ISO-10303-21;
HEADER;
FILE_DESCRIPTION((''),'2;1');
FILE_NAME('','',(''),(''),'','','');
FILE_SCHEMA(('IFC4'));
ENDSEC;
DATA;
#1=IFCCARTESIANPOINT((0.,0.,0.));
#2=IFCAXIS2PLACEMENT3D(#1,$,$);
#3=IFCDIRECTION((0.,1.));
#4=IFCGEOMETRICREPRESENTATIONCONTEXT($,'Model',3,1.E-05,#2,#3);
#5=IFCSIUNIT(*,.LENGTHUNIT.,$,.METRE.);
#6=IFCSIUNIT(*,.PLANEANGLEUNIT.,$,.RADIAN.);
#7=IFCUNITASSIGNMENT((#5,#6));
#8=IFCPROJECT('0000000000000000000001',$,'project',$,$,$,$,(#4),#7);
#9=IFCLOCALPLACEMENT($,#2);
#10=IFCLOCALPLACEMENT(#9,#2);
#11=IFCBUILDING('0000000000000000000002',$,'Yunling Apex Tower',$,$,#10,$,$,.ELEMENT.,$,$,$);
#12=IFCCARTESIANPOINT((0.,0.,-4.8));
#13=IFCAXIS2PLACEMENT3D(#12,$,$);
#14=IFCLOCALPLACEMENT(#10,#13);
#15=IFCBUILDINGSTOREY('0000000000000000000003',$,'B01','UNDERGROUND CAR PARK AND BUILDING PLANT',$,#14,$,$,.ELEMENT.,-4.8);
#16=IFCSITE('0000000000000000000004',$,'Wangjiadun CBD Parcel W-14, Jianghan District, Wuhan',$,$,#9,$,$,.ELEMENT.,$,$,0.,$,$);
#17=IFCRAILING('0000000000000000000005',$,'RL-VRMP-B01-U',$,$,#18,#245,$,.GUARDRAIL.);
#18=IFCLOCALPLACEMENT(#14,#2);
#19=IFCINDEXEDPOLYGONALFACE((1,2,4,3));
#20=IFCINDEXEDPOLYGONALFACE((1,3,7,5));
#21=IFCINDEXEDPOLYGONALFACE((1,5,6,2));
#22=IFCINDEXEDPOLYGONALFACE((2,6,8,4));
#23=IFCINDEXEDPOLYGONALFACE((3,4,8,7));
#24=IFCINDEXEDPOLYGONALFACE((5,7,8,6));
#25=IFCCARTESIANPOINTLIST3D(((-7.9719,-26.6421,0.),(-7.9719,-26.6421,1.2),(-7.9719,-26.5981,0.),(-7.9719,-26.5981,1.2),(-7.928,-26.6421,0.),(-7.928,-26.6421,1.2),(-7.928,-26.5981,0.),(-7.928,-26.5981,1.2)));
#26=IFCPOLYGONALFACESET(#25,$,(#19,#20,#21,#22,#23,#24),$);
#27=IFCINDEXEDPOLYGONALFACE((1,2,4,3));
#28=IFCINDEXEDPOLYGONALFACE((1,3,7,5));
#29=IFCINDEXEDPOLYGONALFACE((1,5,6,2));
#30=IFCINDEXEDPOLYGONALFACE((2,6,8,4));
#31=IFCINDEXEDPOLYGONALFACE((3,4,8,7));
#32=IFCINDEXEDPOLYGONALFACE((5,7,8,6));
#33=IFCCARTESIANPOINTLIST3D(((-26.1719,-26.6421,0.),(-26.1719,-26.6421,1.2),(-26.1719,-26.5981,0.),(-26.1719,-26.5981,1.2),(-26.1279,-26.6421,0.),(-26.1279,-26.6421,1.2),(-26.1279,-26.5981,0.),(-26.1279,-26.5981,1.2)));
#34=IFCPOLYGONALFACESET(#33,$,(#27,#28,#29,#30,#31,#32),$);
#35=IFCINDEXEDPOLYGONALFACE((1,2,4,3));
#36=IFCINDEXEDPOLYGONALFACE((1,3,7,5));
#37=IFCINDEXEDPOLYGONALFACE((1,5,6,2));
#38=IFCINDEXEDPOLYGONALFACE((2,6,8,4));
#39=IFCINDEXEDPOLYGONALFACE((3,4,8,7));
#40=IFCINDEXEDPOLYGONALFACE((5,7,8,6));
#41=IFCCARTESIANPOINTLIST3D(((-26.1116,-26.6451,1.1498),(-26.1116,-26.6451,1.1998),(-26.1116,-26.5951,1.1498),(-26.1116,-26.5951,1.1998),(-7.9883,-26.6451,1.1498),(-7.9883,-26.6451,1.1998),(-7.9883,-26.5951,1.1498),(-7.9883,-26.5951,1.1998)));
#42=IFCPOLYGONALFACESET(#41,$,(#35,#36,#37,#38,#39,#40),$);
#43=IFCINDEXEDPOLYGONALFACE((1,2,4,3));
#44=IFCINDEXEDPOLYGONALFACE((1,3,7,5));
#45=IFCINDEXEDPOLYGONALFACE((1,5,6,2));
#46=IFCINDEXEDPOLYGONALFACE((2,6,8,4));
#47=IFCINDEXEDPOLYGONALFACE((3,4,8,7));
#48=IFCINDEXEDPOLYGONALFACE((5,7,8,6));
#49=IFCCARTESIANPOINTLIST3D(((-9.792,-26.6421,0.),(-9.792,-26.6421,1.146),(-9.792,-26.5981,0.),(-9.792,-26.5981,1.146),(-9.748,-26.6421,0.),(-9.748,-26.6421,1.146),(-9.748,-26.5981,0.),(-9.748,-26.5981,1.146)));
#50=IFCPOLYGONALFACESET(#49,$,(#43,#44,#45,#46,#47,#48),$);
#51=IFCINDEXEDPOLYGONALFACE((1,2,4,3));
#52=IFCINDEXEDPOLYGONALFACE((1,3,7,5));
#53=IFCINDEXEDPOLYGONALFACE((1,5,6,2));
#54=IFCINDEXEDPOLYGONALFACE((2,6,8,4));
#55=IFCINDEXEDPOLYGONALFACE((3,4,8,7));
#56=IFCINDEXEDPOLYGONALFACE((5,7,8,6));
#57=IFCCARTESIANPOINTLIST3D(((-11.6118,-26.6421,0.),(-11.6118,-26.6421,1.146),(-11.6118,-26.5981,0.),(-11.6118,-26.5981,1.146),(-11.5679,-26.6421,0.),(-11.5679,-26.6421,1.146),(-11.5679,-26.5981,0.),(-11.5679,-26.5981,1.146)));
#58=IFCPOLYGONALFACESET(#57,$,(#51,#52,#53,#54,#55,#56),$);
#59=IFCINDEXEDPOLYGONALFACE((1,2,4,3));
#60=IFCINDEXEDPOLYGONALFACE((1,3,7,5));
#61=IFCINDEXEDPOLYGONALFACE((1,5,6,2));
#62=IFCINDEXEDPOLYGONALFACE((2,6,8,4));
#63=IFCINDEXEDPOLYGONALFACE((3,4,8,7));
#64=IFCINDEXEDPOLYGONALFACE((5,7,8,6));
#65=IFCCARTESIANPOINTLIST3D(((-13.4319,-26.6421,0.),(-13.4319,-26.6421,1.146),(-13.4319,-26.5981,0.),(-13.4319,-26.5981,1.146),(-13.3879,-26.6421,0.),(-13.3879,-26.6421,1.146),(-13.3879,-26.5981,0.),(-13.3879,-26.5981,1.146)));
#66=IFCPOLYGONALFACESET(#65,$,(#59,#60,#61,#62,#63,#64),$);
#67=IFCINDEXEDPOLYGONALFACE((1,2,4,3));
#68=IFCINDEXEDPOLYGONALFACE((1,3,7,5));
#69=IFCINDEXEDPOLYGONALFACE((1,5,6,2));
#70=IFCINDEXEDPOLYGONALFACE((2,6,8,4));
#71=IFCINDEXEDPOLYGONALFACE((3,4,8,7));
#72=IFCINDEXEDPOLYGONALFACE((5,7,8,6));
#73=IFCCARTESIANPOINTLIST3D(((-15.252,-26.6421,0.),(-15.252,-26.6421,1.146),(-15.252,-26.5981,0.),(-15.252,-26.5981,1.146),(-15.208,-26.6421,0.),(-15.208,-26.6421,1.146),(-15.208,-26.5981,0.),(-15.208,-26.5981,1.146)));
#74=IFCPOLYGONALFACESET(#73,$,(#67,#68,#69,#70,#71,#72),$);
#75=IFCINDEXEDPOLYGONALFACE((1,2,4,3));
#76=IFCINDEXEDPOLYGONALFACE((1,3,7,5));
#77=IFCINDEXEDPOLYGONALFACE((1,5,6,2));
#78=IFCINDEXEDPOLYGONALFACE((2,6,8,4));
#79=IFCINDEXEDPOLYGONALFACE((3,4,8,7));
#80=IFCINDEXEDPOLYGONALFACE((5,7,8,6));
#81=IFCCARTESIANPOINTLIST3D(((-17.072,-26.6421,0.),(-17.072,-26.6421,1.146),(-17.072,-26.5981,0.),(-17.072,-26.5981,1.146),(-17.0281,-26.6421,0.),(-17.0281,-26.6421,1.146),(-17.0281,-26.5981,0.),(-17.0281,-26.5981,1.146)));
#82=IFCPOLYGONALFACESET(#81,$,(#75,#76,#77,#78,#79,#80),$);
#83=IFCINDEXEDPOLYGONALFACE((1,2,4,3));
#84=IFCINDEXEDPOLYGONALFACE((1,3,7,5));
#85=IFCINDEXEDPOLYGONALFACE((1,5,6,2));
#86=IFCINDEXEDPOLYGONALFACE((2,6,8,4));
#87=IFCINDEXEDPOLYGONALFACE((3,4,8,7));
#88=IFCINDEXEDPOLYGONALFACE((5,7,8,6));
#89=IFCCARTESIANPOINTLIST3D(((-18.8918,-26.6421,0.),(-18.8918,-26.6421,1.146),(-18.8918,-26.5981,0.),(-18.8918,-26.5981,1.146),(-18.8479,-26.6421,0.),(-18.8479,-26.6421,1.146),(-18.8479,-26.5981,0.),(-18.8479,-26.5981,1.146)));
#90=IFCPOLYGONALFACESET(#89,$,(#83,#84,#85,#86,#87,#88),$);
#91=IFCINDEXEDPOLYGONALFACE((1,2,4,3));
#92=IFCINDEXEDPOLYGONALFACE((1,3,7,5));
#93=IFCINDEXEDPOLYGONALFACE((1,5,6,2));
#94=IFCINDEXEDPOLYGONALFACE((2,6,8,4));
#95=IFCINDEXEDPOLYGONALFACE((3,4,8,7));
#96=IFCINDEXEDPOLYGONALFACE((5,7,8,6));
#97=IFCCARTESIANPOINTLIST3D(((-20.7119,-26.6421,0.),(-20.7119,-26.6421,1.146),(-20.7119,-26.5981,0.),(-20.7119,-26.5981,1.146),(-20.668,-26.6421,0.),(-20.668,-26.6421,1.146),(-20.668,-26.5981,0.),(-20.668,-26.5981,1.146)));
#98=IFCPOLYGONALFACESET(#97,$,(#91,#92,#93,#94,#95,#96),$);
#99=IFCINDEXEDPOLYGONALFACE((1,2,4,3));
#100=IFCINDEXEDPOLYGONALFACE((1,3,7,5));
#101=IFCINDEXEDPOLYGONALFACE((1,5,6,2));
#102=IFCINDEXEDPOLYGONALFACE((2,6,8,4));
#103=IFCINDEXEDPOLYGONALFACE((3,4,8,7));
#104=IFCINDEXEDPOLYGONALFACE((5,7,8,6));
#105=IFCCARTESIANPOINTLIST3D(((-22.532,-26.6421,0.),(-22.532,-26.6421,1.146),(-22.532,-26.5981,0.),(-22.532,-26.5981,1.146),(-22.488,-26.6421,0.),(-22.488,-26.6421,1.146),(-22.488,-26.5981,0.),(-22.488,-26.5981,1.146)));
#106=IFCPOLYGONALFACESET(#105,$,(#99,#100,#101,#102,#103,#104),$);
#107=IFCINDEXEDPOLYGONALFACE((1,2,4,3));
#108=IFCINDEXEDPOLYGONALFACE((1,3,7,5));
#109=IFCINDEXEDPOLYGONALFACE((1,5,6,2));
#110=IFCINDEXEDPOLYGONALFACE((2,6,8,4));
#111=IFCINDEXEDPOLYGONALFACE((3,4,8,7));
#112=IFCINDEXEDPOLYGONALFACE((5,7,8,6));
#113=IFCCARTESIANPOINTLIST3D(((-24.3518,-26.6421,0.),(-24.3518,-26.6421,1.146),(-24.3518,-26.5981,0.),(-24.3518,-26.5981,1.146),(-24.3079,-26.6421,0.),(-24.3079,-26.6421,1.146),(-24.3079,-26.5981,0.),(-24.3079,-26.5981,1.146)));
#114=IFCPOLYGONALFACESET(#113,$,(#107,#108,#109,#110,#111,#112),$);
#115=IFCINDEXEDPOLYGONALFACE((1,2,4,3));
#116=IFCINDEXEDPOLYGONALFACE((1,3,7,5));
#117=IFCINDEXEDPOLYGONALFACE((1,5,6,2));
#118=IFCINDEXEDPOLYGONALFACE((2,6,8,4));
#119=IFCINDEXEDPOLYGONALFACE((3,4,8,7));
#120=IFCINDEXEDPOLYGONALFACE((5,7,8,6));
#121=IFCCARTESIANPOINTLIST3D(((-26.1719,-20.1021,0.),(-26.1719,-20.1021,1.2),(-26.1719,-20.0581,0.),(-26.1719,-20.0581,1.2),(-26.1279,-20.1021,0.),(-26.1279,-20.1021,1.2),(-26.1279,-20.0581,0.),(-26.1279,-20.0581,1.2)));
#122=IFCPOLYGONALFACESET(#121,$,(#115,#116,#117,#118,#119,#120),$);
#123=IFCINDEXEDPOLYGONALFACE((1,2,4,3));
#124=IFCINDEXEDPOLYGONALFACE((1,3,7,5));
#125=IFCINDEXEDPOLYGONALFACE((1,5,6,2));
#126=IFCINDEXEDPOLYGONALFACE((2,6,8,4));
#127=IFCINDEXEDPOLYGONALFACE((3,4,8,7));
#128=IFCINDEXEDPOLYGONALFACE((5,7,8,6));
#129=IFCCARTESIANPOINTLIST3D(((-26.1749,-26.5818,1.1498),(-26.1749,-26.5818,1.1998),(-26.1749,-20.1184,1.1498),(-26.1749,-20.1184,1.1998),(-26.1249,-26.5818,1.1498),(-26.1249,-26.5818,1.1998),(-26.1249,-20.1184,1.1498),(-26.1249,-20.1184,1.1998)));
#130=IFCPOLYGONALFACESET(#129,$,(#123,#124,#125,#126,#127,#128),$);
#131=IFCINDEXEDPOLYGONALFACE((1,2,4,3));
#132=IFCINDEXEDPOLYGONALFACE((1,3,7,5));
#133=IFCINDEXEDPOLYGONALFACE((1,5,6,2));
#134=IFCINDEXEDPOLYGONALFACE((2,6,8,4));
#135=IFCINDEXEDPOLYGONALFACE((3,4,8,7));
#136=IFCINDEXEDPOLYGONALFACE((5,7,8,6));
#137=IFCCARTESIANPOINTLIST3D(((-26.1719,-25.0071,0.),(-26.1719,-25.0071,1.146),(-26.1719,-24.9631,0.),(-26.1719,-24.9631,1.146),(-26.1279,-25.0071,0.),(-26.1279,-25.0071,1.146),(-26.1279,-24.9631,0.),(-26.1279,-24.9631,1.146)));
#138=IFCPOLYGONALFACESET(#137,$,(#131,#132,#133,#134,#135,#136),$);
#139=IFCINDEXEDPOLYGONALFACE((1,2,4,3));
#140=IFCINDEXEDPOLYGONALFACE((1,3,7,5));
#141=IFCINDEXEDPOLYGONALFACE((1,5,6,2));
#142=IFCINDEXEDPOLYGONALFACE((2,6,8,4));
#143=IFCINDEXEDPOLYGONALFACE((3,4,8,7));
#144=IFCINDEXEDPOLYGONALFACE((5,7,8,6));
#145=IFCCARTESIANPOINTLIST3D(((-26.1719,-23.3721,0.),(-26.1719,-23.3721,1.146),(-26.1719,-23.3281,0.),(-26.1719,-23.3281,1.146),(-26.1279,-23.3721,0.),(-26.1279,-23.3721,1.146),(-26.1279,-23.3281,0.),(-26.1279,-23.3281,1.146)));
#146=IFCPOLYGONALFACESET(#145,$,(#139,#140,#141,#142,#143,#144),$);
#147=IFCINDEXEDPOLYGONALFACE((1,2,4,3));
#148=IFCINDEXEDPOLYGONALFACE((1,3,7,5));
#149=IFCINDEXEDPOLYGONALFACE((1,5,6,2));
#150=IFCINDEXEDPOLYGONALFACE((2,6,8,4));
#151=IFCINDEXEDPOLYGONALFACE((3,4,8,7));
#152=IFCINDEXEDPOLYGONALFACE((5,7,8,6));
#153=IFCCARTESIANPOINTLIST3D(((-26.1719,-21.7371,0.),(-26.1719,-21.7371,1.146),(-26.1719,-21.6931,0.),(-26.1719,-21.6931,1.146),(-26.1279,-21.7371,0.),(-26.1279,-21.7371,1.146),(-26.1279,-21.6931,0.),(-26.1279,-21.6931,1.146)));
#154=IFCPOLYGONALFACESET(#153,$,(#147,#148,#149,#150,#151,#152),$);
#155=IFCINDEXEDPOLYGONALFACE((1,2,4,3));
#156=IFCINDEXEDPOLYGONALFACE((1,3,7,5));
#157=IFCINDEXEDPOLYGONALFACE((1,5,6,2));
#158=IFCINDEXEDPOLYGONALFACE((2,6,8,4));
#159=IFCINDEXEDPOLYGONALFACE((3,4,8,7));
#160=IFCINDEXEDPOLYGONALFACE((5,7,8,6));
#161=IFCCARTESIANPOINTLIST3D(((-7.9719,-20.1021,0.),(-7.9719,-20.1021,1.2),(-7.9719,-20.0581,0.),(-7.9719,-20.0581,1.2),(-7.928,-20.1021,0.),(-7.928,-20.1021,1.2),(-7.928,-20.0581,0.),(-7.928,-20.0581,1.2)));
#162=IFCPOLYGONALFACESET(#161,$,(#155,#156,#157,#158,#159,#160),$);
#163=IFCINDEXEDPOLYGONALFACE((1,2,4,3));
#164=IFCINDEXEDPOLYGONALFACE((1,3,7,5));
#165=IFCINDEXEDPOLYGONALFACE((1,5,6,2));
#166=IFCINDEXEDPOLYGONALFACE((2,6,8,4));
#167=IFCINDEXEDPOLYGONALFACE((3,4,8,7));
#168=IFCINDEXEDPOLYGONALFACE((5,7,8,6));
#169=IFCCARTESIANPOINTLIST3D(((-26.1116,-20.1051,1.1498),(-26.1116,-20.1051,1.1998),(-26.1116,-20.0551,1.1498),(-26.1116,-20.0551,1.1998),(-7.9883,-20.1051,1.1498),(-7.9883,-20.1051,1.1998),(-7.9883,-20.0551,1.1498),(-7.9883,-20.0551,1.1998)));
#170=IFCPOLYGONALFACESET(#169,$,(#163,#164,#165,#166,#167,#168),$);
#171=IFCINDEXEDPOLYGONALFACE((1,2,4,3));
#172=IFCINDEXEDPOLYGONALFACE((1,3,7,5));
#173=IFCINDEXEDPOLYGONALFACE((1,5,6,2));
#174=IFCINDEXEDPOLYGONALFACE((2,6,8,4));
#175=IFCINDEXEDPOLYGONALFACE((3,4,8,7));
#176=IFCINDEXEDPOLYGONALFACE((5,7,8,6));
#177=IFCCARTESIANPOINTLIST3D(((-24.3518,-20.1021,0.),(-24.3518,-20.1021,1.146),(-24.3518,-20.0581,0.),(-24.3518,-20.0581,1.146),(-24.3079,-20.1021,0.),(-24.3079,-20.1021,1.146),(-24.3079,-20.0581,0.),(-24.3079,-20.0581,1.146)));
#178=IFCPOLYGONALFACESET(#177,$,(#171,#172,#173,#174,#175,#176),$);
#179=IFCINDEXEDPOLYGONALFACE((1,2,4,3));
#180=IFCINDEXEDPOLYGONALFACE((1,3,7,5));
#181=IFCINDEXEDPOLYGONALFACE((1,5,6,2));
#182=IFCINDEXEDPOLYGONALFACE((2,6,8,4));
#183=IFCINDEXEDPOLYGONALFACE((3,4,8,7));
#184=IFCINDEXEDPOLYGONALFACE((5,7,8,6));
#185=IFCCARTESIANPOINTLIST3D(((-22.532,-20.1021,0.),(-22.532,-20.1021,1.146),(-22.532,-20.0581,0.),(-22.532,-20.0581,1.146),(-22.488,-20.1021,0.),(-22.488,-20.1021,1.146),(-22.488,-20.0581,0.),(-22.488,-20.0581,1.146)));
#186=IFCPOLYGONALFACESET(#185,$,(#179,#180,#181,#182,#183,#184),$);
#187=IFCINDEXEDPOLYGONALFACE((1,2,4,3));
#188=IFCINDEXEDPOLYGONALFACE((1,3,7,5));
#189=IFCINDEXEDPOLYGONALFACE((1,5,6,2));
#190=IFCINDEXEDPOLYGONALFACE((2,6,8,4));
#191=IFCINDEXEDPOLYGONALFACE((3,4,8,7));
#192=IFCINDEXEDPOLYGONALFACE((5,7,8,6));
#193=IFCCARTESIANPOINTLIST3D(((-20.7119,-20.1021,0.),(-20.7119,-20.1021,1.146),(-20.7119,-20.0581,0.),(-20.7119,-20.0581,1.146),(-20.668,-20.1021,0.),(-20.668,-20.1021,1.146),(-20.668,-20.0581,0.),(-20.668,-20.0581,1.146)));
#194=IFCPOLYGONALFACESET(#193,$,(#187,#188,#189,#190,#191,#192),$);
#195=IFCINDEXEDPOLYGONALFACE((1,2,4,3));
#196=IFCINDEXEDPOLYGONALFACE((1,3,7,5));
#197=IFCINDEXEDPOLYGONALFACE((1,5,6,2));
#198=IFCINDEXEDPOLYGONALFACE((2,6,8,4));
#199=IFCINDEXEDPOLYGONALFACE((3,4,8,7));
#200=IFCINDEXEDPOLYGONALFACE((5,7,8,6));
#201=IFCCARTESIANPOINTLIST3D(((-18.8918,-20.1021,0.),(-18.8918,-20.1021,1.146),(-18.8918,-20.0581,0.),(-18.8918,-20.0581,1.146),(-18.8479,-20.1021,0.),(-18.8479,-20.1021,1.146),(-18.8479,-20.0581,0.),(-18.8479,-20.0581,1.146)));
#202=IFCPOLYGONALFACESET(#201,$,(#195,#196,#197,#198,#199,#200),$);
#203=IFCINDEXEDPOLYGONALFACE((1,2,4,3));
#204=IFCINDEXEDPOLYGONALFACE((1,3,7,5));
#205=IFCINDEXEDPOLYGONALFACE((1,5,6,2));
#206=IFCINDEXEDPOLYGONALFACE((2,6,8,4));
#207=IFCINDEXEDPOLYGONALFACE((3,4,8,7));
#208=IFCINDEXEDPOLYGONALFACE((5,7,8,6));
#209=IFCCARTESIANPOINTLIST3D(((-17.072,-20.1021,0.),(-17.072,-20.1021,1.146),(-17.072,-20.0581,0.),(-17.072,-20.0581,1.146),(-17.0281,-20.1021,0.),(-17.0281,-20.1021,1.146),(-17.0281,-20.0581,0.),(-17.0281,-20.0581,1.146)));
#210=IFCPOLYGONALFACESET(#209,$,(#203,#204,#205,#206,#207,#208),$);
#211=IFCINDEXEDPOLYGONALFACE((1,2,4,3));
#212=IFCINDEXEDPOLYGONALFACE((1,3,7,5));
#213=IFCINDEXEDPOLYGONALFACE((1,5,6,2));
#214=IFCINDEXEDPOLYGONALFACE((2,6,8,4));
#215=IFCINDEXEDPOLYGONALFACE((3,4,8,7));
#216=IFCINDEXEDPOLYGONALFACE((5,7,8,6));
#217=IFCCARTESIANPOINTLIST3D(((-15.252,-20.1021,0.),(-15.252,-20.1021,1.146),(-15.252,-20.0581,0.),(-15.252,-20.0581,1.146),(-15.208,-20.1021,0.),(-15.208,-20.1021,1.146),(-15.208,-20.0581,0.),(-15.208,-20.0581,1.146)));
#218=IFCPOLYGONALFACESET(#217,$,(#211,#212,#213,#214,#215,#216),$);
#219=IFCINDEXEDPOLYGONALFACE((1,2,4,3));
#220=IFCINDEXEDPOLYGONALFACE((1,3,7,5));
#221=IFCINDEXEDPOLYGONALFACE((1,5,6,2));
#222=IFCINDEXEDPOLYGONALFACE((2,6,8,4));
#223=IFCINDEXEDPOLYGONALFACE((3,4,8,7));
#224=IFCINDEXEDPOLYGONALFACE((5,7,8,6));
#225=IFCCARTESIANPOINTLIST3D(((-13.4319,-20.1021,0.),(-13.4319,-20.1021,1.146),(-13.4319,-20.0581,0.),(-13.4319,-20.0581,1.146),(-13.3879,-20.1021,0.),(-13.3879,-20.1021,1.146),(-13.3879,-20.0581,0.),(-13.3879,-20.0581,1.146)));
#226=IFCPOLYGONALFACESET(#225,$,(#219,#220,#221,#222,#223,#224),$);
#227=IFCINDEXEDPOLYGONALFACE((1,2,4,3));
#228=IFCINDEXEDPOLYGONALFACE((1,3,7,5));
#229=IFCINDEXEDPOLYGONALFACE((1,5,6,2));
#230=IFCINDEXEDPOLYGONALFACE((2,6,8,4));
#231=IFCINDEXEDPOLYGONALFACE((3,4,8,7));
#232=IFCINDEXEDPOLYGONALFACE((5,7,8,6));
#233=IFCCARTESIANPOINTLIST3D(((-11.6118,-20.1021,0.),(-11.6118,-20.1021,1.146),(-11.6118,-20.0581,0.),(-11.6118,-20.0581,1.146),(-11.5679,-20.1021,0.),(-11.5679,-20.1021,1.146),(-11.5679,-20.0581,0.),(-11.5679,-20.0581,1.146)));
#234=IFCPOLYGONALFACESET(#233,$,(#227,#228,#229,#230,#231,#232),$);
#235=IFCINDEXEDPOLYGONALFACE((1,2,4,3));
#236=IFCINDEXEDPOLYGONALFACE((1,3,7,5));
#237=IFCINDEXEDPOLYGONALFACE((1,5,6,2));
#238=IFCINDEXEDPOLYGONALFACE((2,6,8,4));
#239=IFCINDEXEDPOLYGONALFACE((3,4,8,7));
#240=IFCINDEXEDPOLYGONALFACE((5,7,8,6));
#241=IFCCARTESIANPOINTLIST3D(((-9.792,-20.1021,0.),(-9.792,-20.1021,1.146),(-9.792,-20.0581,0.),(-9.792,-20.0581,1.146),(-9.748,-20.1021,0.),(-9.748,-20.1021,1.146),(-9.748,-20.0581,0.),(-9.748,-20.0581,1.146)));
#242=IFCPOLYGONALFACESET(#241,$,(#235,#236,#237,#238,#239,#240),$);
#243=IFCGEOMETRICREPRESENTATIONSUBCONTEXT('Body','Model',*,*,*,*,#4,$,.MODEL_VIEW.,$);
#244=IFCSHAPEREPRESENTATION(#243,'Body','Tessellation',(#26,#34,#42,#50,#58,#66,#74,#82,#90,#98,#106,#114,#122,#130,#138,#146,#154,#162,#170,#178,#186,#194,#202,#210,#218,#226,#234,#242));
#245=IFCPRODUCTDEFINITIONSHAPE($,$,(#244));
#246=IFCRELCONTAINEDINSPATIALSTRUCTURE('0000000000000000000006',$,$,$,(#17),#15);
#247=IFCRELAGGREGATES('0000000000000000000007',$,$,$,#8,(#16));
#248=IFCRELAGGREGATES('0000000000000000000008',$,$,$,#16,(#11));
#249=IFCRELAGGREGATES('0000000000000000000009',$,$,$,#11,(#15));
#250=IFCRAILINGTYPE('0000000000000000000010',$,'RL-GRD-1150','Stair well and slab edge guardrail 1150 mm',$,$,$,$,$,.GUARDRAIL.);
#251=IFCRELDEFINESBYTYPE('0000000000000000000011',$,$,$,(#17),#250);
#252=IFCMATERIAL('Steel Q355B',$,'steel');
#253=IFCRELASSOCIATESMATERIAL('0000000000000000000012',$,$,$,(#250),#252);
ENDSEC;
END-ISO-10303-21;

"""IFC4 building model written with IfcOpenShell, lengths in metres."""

from ifc_helpers import new_model, si_unit, direction, frame, origin, origin_2d, place, context, subcontext, project, spatial, rectangle, extrude, material, type_object, element, save


model = new_model("IFC4")

# Units and contexts
model_context = context("Model", 3, precision=1e-05, world=origin(), true_north=direction((0.0, 1.0)))
body_context = subcontext(model_context, "Body", "Model", "MODEL_VIEW")
ifc_project = project(units=[si_unit("LENGTHUNIT", "METRE"), si_unit("PLANEANGLEUNIT", "RADIAN")], contexts=[model_context])

# Site, building, storey
site_placement = place(None, origin())
site = spatial("IfcSite", under=ifc_project, at=site_placement, Name="Wangjiadun CBD Parcel W-14, Jianghan District, Wuhan", CompositionType="ELEMENT", RefElevation=0.0)
building_placement = place(site_placement, origin())
building = spatial("IfcBuilding", under=site, at=building_placement, Name="Yunling Apex Tower", CompositionType="ELEMENT")
storey_placement = place(building_placement, frame((0.0, 0.0, -4.8)))
storey = spatial("IfcBuildingStorey", under=building, at=storey_placement, Name="B01", Description="UNDERGROUND CAR PARK AND BUILDING PLANT", CompositionType="ELEMENT", Elevation=-4.8)

# Shared definitions
ifc_material_1 = material(Name="Steel Q355B", Category="steel")

# Railing
railing_type_1 = type_object("IfcRailingType", Name="RL-GRD-1150", Description="Stair well and slab edge guardrail 1150 mm", PredefinedType="GUARDRAIL", material=ifc_material_1)
railing_1_placement = place(storey_placement, frame((-7.95, -26.6201, 0.0)))
element("IfcRailing", 1, at=railing_1_placement, inside=storey, type_object=railing_type_1, Name="RL-VRMP-B01-U", PredefinedType="GUARDRAIL", context=body_context, shape_type="SweptSolid", body=[
    extrude(rectangle(XDim=0.0439, YDim=0.0439, at=origin_2d()), origin(), (0.0, 0.0, 1.0), 1.2),
    extrude(rectangle(XDim=0.0439, YDim=0.0439, at=origin_2d()), frame((-18.2, 0.0, 0.0)), (0.0, 0.0, 1.0), 1.2),
    extrude(rectangle(XDim=0.05, YDim=0.05, at=origin_2d()), frame((-0.0383, 0.0, 1.1748), z_axis=(-1.0, 0.0, 0.0), x_axis=(0.0, -1.0, 0.0)), (0.0, 0.0, 1.0), 18.1233),
    extrude(rectangle(XDim=0.0439, YDim=0.0439, at=origin_2d()), frame((-1.8201, 0.0, 0.0)), (0.0, 0.0, 1.0), 1.146),
    extrude(rectangle(XDim=0.0439, YDim=0.0439, at=origin_2d()), frame((-3.6399, 0.0, 0.0)), (0.0, 0.0, 1.0), 1.146),
    extrude(rectangle(XDim=0.0439, YDim=0.0439, at=origin_2d()), frame((-5.46, 0.0, 0.0)), (0.0, 0.0, 1.0), 1.146),
    extrude(rectangle(XDim=0.0439, YDim=0.0439, at=origin_2d()), frame((-7.28, 0.0, 0.0)), (0.0, 0.0, 1.0), 1.146),
    extrude(rectangle(XDim=0.0439, YDim=0.0439, at=origin_2d()), frame((-9.1001, 0.0, 0.0)), (0.0, 0.0, 1.0), 1.146),
    extrude(rectangle(XDim=0.0439, YDim=0.0439, at=origin_2d()), frame((-10.9199, 0.0, 0.0)), (0.0, 0.0, 1.0), 1.146),
    extrude(rectangle(XDim=0.0439, YDim=0.0439, at=origin_2d()), frame((-12.74, 0.0, 0.0)), (0.0, 0.0, 1.0), 1.146),
    extrude(rectangle(XDim=0.0439, YDim=0.0439, at=origin_2d()), frame((-14.5601, 0.0, 0.0)), (0.0, 0.0, 1.0), 1.146),
    extrude(rectangle(XDim=0.0439, YDim=0.0439, at=origin_2d()), frame((-16.3799, 0.0, 0.0)), (0.0, 0.0, 1.0), 1.146),
    extrude(rectangle(XDim=0.0439, YDim=0.0439, at=origin_2d()), frame((-18.2, 6.54, 0.0)), (0.0, 0.0, 1.0), 1.2),
    extrude(rectangle(XDim=0.05, YDim=0.05, at=origin_2d()), frame((-18.2, 0.0383, 1.1748), z_axis=(0.0, 1.0, 0.0), x_axis=(-1.0, 0.0, 0.0)), (0.0, 0.0, 1.0), 6.4634),
    extrude(rectangle(XDim=0.0439, YDim=0.0439, at=origin_2d()), frame((-18.2, 1.635, 0.0)), (0.0, 0.0, 1.0), 1.146),
    extrude(rectangle(XDim=0.0439, YDim=0.0439, at=origin_2d()), frame((-18.2, 3.27, 0.0)), (0.0, 0.0, 1.0), 1.146),
    extrude(rectangle(XDim=0.0439, YDim=0.0439, at=origin_2d()), frame((-18.2, 4.905, 0.0)), (0.0, 0.0, 1.0), 1.146),
    extrude(rectangle(XDim=0.0439, YDim=0.0439, at=origin_2d()), frame((0.0, 6.54, 0.0)), (0.0, 0.0, 1.0), 1.2),
    extrude(rectangle(XDim=0.05, YDim=0.05, at=origin_2d()), frame((-18.1616, 6.54, 1.1748), z_axis=(1.0, 0.0, 0.0), x_axis=(0.0, 1.0, 0.0)), (0.0, 0.0, 1.0), 18.1233),
    extrude(rectangle(XDim=0.0439, YDim=0.0439, at=origin_2d()), frame((-16.3799, 6.54, 0.0)), (0.0, 0.0, 1.0), 1.146),
    extrude(rectangle(XDim=0.0439, YDim=0.0439, at=origin_2d()), frame((-14.5601, 6.54, 0.0)), (0.0, 0.0, 1.0), 1.146),
    extrude(rectangle(XDim=0.0439, YDim=0.0439, at=origin_2d()), frame((-12.74, 6.54, 0.0)), (0.0, 0.0, 1.0), 1.146),
    extrude(rectangle(XDim=0.0439, YDim=0.0439, at=origin_2d()), frame((-10.9199, 6.54, 0.0)), (0.0, 0.0, 1.0), 1.146),
    extrude(rectangle(XDim=0.0439, YDim=0.0439, at=origin_2d()), frame((-9.1001, 6.54, 0.0)), (0.0, 0.0, 1.0), 1.146),
    extrude(rectangle(XDim=0.0439, YDim=0.0439, at=origin_2d()), frame((-7.28, 6.54, 0.0)), (0.0, 0.0, 1.0), 1.146),
    extrude(rectangle(XDim=0.0439, YDim=0.0439, at=origin_2d()), frame((-5.46, 6.54, 0.0)), (0.0, 0.0, 1.0), 1.146),
    extrude(rectangle(XDim=0.0439, YDim=0.0439, at=origin_2d()), frame((-3.6399, 6.54, 0.0)), (0.0, 0.0, 1.0), 1.146),
    extrude(rectangle(XDim=0.0439, YDim=0.0439, at=origin_2d()), frame((-1.8201, 6.54, 0.0)), (0.0, 0.0, 1.0), 1.146),
])

save(model, "model.ifc")
